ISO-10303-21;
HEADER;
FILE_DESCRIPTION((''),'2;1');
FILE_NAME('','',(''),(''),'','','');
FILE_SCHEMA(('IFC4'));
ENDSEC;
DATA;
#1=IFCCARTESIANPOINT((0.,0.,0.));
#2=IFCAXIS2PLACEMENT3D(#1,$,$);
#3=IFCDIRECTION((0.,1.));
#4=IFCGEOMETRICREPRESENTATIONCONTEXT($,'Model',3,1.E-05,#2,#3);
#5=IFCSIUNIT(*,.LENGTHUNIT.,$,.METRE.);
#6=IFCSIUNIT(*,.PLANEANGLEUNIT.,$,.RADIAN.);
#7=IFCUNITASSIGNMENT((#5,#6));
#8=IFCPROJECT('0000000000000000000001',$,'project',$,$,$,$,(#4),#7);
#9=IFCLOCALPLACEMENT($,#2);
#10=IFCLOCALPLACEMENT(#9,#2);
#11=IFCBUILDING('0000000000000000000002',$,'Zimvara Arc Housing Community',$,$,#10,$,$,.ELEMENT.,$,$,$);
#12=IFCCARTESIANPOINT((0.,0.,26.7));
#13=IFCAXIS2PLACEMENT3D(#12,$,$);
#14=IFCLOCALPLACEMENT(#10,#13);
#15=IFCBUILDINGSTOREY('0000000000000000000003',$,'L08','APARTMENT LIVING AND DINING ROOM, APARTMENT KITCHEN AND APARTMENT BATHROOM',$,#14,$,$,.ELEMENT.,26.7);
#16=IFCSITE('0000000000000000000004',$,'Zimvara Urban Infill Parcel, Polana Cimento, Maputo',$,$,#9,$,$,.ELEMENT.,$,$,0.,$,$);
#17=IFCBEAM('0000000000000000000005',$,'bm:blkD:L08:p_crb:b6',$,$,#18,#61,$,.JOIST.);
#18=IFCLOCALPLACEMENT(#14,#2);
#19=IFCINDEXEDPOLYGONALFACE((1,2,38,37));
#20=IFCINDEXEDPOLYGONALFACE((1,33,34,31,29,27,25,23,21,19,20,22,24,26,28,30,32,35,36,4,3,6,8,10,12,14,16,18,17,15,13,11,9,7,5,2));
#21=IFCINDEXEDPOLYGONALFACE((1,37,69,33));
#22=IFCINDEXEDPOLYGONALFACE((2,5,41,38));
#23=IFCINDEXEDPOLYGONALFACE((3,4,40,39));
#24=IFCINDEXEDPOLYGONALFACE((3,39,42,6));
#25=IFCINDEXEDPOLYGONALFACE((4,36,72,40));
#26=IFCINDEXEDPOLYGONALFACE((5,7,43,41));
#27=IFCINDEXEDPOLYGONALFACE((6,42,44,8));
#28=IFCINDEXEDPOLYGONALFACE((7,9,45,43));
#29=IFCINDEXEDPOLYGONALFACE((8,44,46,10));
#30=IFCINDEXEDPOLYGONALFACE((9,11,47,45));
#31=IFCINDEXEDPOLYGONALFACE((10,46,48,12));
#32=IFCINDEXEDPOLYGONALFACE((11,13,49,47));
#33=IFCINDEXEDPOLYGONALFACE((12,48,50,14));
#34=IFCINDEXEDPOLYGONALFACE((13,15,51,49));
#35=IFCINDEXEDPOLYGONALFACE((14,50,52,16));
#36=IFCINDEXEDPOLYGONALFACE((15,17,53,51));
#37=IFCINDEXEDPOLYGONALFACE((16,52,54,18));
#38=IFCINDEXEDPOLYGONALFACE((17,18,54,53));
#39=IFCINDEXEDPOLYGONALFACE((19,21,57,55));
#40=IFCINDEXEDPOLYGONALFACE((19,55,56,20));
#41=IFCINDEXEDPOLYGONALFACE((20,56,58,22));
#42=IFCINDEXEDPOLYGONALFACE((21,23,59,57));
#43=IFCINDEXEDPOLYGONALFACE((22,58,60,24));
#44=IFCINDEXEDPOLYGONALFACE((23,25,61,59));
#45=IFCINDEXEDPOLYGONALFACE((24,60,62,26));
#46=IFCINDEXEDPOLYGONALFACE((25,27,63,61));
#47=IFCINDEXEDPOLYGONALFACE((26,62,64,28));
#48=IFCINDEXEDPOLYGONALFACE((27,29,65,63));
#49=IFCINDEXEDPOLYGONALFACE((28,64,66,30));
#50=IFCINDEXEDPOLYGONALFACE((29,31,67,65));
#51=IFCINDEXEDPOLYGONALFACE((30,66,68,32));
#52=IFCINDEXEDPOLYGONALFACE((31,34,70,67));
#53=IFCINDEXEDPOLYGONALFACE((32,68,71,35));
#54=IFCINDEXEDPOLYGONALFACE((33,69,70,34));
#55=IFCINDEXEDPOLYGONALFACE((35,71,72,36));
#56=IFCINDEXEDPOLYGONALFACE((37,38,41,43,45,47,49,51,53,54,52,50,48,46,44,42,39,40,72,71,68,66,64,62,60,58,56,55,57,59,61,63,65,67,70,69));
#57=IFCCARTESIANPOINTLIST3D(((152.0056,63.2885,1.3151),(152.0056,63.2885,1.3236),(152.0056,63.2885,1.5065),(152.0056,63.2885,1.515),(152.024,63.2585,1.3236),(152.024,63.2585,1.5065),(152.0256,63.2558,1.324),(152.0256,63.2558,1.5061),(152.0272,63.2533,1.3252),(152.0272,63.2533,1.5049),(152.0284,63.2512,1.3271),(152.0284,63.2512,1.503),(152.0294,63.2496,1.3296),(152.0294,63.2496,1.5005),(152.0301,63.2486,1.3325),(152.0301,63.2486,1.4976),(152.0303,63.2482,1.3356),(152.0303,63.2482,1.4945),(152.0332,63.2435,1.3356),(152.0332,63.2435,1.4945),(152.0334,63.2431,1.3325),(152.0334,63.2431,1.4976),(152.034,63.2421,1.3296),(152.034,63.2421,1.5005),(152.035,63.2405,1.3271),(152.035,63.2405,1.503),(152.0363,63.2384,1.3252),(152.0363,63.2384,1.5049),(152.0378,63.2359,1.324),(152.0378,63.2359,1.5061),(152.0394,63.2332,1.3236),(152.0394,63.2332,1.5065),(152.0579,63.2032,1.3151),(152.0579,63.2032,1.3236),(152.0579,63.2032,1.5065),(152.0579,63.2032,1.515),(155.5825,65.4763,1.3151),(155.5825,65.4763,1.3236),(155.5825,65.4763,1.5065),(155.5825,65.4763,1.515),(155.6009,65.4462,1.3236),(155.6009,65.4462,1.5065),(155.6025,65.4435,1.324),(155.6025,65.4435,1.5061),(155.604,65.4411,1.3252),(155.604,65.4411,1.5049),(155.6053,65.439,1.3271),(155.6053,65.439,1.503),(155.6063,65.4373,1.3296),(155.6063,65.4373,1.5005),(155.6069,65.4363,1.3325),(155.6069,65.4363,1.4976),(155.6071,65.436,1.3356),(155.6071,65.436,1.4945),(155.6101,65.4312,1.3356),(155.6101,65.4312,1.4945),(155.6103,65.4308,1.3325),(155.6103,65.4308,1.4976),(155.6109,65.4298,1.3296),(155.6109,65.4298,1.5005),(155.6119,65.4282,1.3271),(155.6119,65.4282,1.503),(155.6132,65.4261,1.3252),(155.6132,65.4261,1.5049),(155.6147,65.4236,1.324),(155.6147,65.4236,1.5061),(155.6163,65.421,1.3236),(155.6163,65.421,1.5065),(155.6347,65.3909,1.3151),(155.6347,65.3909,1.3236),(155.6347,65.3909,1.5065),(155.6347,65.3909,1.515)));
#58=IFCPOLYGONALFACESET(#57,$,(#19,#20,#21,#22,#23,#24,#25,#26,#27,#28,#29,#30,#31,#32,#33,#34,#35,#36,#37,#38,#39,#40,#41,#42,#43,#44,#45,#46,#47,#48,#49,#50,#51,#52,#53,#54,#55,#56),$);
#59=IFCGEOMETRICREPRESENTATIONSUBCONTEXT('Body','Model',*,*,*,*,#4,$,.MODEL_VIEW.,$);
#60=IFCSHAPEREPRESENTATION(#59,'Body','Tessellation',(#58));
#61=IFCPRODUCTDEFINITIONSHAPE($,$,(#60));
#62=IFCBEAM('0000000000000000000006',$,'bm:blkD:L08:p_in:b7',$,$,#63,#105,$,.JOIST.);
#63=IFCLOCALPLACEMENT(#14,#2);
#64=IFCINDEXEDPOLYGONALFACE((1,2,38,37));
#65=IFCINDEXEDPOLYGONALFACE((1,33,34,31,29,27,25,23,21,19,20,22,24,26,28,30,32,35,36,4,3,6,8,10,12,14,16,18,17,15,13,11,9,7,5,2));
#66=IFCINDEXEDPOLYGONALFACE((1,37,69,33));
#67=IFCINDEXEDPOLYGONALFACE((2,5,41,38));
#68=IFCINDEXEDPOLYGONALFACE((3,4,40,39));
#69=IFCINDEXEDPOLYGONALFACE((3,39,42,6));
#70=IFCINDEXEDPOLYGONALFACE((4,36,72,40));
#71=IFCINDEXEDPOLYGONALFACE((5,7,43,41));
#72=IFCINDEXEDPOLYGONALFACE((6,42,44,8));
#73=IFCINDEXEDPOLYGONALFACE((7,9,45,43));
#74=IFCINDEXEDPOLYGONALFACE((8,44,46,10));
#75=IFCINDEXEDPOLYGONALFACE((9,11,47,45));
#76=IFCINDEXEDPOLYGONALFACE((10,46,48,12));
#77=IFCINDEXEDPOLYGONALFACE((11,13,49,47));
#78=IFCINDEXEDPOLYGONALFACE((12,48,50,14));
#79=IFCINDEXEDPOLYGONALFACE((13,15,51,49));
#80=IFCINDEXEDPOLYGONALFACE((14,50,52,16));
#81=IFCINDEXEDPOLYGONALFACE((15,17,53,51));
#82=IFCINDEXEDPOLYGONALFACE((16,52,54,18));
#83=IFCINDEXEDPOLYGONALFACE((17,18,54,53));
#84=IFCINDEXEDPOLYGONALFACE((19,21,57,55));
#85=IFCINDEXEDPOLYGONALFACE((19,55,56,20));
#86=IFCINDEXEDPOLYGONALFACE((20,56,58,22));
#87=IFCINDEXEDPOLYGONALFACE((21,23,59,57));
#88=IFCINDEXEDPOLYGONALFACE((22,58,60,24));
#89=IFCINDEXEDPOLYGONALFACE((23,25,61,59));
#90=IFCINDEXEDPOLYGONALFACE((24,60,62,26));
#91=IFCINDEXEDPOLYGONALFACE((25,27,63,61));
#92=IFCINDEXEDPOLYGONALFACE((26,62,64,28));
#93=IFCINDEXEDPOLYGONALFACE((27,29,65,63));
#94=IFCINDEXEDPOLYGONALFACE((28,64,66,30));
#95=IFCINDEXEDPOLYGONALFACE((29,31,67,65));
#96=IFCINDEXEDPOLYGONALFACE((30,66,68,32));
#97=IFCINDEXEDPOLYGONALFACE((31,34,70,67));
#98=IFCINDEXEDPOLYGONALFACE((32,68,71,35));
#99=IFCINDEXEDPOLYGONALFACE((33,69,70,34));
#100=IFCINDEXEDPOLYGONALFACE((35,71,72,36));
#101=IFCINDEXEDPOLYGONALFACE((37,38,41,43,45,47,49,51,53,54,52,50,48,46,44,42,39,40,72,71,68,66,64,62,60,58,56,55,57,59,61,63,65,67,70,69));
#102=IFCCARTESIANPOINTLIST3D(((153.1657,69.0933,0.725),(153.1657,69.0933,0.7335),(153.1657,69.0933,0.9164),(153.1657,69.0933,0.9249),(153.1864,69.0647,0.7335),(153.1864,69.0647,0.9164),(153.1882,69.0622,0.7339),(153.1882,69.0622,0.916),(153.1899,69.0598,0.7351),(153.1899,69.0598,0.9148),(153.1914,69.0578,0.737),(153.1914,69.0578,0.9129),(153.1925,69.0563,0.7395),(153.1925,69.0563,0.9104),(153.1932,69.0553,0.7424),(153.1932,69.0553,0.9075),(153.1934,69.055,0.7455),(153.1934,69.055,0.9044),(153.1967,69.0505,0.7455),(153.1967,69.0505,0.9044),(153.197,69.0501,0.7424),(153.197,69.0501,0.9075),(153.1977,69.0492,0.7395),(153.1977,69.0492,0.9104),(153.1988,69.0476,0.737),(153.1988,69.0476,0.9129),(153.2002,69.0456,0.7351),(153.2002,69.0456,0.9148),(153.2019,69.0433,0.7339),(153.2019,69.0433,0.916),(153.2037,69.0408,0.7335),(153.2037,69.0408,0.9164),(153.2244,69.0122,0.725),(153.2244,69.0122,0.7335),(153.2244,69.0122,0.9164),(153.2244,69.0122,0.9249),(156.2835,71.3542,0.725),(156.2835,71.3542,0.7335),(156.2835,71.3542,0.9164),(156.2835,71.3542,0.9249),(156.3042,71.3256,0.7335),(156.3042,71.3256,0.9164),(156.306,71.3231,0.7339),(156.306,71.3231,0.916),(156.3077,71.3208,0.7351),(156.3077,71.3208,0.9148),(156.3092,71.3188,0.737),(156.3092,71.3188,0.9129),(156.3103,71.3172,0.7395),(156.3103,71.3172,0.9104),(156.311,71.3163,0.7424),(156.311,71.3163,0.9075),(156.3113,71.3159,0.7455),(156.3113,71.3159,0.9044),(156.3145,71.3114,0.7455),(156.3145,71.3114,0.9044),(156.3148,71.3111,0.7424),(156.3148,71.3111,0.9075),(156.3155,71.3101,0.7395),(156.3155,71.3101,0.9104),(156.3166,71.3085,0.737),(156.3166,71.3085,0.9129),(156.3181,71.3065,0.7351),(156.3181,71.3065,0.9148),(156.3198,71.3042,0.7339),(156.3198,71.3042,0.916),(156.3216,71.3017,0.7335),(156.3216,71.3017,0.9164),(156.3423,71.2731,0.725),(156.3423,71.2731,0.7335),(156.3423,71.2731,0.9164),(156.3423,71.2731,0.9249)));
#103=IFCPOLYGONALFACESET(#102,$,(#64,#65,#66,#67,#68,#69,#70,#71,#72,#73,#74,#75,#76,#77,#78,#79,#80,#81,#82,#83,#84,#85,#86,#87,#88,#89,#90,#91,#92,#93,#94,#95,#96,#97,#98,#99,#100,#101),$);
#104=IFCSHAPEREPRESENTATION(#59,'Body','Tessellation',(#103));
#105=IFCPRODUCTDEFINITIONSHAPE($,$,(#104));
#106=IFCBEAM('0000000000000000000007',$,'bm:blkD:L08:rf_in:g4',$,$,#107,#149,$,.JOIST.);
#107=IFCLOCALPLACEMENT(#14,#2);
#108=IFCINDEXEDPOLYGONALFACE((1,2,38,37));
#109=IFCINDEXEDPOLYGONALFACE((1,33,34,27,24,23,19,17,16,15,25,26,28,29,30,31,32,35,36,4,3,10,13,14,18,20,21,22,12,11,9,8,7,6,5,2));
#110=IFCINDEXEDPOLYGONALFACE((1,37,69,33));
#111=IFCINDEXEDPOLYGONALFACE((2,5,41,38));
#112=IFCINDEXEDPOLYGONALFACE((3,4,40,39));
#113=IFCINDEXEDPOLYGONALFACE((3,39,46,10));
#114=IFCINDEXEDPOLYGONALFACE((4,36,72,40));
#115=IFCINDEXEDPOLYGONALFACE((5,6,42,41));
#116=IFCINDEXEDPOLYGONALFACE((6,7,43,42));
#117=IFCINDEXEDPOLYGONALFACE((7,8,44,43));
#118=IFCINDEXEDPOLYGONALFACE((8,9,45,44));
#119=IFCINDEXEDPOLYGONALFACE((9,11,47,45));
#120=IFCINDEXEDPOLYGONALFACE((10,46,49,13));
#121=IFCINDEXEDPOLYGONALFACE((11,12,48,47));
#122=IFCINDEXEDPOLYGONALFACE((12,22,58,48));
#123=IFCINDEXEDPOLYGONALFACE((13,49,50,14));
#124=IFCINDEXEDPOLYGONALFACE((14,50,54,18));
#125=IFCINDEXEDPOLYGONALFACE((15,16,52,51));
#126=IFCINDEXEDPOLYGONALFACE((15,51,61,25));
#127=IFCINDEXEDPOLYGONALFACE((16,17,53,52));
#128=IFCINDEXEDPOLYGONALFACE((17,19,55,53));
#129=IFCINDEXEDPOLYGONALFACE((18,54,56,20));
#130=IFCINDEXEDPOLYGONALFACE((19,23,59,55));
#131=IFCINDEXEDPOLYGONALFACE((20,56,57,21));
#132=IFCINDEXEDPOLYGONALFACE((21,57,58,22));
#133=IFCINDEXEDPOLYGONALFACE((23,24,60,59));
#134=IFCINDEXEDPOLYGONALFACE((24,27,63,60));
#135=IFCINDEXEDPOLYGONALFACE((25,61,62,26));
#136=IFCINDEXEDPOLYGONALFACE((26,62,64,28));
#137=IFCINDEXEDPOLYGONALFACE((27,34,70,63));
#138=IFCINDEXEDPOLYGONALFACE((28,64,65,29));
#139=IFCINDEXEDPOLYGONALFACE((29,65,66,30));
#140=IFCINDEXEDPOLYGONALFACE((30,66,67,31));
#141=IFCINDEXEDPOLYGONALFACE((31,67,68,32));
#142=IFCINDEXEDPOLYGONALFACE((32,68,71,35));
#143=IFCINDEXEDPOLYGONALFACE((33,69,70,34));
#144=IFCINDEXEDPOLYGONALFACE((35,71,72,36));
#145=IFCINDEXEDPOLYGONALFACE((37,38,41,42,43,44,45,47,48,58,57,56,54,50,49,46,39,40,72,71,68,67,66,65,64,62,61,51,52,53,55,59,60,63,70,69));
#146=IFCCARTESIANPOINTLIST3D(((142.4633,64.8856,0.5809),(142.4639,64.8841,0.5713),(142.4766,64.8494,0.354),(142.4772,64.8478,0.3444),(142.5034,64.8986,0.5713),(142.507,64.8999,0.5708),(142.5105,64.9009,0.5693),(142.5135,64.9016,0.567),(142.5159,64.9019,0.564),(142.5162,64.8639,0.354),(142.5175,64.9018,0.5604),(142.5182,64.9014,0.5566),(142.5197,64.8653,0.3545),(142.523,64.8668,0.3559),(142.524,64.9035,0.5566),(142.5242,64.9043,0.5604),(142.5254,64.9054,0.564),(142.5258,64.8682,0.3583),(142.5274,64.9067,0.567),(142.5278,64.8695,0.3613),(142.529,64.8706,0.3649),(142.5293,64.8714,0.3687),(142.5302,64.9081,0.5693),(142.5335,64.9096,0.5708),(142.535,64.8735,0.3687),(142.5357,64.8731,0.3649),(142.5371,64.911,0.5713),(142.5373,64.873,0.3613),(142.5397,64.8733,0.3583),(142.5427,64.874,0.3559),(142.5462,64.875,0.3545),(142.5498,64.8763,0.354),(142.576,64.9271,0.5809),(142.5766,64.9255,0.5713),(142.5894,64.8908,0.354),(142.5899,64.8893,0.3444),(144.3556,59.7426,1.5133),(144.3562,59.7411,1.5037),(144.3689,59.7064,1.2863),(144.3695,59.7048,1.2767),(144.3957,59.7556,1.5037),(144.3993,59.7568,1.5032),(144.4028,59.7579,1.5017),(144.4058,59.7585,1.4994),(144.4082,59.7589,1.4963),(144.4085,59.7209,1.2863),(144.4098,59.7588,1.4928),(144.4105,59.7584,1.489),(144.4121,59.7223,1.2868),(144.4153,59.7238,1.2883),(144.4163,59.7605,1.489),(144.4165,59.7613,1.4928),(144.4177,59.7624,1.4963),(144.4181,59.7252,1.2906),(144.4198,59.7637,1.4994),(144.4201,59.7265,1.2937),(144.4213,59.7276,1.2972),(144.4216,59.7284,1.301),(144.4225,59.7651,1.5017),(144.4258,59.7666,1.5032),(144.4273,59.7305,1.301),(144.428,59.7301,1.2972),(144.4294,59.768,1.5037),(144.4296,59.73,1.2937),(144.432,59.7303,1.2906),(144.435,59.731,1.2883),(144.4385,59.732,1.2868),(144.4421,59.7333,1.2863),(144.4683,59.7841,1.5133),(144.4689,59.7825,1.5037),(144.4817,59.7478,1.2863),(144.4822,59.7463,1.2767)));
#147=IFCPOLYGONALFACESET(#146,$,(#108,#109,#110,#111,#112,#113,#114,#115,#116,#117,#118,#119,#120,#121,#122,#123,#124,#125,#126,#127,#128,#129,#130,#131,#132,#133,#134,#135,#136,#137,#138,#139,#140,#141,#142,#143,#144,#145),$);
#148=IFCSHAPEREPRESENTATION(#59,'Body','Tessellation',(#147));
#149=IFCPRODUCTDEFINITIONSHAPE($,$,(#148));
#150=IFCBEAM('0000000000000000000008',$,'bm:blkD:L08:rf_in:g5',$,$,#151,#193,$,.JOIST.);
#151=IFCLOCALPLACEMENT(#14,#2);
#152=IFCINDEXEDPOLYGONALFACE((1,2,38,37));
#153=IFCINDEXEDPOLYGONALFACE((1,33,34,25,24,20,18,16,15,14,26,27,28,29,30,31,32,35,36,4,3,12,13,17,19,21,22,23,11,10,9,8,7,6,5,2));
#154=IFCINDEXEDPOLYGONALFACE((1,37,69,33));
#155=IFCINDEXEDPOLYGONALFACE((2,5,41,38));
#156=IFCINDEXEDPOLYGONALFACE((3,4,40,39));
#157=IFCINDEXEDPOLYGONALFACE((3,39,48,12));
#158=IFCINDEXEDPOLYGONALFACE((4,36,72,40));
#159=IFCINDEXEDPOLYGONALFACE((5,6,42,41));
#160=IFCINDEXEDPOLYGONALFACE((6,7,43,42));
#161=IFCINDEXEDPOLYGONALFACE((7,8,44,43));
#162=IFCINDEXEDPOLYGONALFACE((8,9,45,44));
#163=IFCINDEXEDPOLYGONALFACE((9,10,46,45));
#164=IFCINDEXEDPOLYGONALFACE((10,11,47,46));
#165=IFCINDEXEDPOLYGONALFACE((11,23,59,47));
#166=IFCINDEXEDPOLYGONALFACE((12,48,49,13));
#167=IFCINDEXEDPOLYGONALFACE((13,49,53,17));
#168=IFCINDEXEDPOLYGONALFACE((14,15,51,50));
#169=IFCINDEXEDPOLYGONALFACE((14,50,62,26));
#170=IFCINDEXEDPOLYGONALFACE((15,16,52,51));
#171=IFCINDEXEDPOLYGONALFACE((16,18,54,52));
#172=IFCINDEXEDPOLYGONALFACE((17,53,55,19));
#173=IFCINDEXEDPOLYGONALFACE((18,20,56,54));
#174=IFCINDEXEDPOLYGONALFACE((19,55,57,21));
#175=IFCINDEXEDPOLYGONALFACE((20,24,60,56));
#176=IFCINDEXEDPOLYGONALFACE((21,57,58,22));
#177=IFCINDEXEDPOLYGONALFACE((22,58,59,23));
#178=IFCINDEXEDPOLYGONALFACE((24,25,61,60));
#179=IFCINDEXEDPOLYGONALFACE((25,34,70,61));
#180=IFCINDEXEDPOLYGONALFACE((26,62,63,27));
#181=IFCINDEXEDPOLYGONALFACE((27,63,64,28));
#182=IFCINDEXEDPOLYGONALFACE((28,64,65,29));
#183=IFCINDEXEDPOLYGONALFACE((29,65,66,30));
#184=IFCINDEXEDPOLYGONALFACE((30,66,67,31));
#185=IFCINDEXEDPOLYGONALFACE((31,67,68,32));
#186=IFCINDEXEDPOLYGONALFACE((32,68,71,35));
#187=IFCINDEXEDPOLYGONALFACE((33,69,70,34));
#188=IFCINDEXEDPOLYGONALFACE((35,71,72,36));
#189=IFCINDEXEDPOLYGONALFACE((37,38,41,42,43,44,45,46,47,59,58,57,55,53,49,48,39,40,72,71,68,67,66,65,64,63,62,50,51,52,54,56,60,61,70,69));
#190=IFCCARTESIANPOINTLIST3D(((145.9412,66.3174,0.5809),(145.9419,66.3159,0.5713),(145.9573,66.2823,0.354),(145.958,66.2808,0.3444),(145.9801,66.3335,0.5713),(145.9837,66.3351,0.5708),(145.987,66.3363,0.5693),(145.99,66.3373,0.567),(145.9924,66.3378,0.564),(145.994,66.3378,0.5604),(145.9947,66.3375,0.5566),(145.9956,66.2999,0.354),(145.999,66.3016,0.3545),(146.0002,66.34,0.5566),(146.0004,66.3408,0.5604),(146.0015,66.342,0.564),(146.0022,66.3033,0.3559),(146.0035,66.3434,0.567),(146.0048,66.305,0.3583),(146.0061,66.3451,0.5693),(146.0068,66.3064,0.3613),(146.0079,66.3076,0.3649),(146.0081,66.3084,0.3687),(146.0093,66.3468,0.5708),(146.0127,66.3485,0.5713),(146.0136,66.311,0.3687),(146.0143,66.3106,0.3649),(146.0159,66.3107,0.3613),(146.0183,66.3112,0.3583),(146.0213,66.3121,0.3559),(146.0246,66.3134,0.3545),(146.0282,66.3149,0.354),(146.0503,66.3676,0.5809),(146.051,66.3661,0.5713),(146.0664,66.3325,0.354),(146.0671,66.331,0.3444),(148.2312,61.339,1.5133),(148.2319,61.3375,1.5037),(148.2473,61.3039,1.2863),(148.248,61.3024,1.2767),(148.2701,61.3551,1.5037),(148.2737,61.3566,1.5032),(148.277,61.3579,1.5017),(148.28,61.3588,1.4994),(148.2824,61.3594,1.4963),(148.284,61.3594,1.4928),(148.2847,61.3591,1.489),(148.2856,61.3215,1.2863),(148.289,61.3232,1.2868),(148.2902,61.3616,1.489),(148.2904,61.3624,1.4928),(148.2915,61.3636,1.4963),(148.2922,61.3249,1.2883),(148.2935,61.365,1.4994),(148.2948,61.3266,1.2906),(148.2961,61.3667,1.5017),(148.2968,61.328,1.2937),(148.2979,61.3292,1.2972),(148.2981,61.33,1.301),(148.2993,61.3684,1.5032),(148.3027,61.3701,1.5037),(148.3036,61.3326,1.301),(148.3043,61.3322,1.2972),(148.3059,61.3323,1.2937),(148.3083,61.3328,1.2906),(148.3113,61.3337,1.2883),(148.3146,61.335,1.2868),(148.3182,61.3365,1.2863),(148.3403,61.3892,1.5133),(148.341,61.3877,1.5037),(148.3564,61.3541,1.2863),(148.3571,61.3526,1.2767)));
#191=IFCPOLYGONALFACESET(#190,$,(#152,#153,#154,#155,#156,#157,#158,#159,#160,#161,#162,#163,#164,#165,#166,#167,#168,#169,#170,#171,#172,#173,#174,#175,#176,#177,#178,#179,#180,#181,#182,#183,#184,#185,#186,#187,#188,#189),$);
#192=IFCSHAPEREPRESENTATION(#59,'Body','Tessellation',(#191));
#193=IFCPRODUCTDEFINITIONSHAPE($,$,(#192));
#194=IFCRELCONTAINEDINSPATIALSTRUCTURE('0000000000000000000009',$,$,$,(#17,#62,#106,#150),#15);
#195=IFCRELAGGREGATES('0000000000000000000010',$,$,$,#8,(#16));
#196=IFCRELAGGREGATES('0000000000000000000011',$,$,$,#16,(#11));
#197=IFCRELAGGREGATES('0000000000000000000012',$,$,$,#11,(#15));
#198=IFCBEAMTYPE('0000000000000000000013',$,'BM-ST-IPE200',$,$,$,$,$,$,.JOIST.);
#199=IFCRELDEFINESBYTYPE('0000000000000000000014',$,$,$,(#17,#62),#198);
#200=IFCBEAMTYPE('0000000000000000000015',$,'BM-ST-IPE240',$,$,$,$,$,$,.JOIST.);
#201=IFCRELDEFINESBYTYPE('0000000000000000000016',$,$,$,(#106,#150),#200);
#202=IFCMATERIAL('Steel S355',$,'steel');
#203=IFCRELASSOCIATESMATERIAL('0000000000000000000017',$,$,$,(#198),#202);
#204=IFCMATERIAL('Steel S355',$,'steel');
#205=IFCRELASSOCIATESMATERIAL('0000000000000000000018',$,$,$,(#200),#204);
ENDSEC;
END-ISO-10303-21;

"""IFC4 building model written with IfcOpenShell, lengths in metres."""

from ifc_helpers import new_model, si_unit, direction, frame, origin, origin_2d, place, context, subcontext, project, spatial, i_section, extrude, material, material_profile, profile_set, type_object, element, save


model = new_model("IFC4")

# Units and contexts
model_context = context("Model", 3, precision=1e-05, world=origin(), true_north=direction((0.0, 1.0)))
body_context = subcontext(model_context, "Body", "Model", "MODEL_VIEW")
ifc_project = project(units=[si_unit("LENGTHUNIT", "METRE"), si_unit("PLANEANGLEUNIT", "RADIAN")], contexts=[model_context])

# Site, building, storey
site_placement = place(None, origin())
site = spatial("IfcSite", under=ifc_project, at=site_placement, Name="Zimvara Urban Infill Parcel, Polana Cimento, Maputo", CompositionType="ELEMENT", RefElevation=0.0)
building_placement = place(site_placement, origin())
building = spatial("IfcBuilding", under=site, at=building_placement, Name="Zimvara Arc Housing Community", CompositionType="ELEMENT")
storey_placement = place(building_placement, frame((0.0, 0.0, 26.7)))
storey = spatial("IfcBuildingStorey", under=building, at=storey_placement, Name="L08", Description="APARTMENT LIVING AND DINING ROOM, APARTMENT KITCHEN AND APARTMENT BATHROOM", CompositionType="ELEMENT", Elevation=26.7)

# Beams
ifc_material_1 = material(Name="Steel S355", Category="steel")
ifc_material_profile_1 = material_profile(ifc_material_1, i_section(OverallWidth=0.1001, OverallDepth=0.2, WebThickness=0.0056, FlangeThickness=0.0085, FilletRadius=0.012, at=origin_2d()), Name="IPE 200")
ifc_profile_set_1 = profile_set([ifc_material_profile_1], Name="Steel S355")
beam_type_1 = type_object("IfcBeamType", Name="BM-ST-IPE200", PredefinedType="JOIST", material=ifc_profile_set_1)
beam_1_placement = place(storey_placement, frame((152.0317, 63.2458, 1.415), z_axis=(0.853085, 0.521773, 0.0), x_axis=(-0.521773, 0.853085, 0.0)))
element("IfcBeam", 1, at=beam_1_placement, inside=storey, type_object=beam_type_1, Name="bm:blkD:L08:p_crb:b6", PredefinedType="JOIST", context=body_context, shape_type="SweptSolid", body=[
    extrude(i_section(OverallWidth=0.1001, OverallDepth=0.2, WebThickness=0.0056, FlangeThickness=0.0085, FilletRadius=0.012, at=origin_2d()), origin(), (0.0, 0.0, 1.0), 4.1929),
])
beam_2_placement = place(storey_placement, frame((153.1951, 69.0527, 0.825), z_axis=(0.809549, 0.587052, 0.0), x_axis=(-0.587052, 0.809549, 0.0)))
element("IfcBeam", 2, at=beam_2_placement, inside=storey, type_object=beam_type_1, Name="bm:blkD:L08:p_in:b7", PredefinedType="JOIST", context=body_context, shape_type="SweptSolid", body=[
    extrude(i_section(OverallWidth=0.1001, OverallDepth=0.2, WebThickness=0.0056, FlangeThickness=0.0085, FilletRadius=0.012, at=origin_2d()), origin(), (0.0, 0.0, 1.0), 3.8513),
])
ifc_material_2 = material(Name="Steel S355", Category="steel")
ifc_material_profile_2 = material_profile(ifc_material_2, i_section(OverallWidth=0.1201, OverallDepth=0.24, WebThickness=0.0061, FlangeThickness=0.0098, FilletRadius=0.0149, at=origin_2d()), Name="IPE 240")
ifc_profile_set_2 = profile_set([ifc_material_profile_2], Name="Steel S355")
beam_type_2 = type_object("IfcBeamType", Name="BM-ST-IPE240", PredefinedType="JOIST", material=ifc_profile_set_2)
beam_3_placement = place(storey_placement, frame((142.5266, 64.8875, 0.4626), z_axis=(0.340415, -0.925195, 0.167726), x_axis=(0.93849, 0.345307, 0.0)))
element("IfcBeam", 3, at=beam_3_placement, inside=storey, type_object=beam_type_2, Name="bm:blkD:L08:rf_in:g4", PredefinedType="JOIST", context=body_context, shape_type="SweptSolid", body=[
    extrude(i_section(OverallWidth=0.1201, OverallDepth=0.24, WebThickness=0.0061, FlangeThickness=0.0098, FilletRadius=0.0149, at=origin_2d()), origin(), (0.0, 0.0, 1.0), 5.5588),
])
beam_4_placement = place(storey_placement, frame((146.0042, 66.3242, 0.4626), z_axis=(0.411973, -0.895625, 0.167732), x_axis=(0.908496, 0.417894, 0.0)))
element("IfcBeam", 4, at=beam_4_placement, inside=storey, type_object=beam_type_2, Name="bm:blkD:L08:rf_in:g5", PredefinedType="JOIST", context=body_context, shape_type="SweptSolid", body=[
    extrude(i_section(OverallWidth=0.1201, OverallDepth=0.24, WebThickness=0.0061, FlangeThickness=0.0098, FilletRadius=0.0149, at=origin_2d()), origin(), (0.0, 0.0, 1.0), 5.5586),
])

save(model, "model.ifc")
